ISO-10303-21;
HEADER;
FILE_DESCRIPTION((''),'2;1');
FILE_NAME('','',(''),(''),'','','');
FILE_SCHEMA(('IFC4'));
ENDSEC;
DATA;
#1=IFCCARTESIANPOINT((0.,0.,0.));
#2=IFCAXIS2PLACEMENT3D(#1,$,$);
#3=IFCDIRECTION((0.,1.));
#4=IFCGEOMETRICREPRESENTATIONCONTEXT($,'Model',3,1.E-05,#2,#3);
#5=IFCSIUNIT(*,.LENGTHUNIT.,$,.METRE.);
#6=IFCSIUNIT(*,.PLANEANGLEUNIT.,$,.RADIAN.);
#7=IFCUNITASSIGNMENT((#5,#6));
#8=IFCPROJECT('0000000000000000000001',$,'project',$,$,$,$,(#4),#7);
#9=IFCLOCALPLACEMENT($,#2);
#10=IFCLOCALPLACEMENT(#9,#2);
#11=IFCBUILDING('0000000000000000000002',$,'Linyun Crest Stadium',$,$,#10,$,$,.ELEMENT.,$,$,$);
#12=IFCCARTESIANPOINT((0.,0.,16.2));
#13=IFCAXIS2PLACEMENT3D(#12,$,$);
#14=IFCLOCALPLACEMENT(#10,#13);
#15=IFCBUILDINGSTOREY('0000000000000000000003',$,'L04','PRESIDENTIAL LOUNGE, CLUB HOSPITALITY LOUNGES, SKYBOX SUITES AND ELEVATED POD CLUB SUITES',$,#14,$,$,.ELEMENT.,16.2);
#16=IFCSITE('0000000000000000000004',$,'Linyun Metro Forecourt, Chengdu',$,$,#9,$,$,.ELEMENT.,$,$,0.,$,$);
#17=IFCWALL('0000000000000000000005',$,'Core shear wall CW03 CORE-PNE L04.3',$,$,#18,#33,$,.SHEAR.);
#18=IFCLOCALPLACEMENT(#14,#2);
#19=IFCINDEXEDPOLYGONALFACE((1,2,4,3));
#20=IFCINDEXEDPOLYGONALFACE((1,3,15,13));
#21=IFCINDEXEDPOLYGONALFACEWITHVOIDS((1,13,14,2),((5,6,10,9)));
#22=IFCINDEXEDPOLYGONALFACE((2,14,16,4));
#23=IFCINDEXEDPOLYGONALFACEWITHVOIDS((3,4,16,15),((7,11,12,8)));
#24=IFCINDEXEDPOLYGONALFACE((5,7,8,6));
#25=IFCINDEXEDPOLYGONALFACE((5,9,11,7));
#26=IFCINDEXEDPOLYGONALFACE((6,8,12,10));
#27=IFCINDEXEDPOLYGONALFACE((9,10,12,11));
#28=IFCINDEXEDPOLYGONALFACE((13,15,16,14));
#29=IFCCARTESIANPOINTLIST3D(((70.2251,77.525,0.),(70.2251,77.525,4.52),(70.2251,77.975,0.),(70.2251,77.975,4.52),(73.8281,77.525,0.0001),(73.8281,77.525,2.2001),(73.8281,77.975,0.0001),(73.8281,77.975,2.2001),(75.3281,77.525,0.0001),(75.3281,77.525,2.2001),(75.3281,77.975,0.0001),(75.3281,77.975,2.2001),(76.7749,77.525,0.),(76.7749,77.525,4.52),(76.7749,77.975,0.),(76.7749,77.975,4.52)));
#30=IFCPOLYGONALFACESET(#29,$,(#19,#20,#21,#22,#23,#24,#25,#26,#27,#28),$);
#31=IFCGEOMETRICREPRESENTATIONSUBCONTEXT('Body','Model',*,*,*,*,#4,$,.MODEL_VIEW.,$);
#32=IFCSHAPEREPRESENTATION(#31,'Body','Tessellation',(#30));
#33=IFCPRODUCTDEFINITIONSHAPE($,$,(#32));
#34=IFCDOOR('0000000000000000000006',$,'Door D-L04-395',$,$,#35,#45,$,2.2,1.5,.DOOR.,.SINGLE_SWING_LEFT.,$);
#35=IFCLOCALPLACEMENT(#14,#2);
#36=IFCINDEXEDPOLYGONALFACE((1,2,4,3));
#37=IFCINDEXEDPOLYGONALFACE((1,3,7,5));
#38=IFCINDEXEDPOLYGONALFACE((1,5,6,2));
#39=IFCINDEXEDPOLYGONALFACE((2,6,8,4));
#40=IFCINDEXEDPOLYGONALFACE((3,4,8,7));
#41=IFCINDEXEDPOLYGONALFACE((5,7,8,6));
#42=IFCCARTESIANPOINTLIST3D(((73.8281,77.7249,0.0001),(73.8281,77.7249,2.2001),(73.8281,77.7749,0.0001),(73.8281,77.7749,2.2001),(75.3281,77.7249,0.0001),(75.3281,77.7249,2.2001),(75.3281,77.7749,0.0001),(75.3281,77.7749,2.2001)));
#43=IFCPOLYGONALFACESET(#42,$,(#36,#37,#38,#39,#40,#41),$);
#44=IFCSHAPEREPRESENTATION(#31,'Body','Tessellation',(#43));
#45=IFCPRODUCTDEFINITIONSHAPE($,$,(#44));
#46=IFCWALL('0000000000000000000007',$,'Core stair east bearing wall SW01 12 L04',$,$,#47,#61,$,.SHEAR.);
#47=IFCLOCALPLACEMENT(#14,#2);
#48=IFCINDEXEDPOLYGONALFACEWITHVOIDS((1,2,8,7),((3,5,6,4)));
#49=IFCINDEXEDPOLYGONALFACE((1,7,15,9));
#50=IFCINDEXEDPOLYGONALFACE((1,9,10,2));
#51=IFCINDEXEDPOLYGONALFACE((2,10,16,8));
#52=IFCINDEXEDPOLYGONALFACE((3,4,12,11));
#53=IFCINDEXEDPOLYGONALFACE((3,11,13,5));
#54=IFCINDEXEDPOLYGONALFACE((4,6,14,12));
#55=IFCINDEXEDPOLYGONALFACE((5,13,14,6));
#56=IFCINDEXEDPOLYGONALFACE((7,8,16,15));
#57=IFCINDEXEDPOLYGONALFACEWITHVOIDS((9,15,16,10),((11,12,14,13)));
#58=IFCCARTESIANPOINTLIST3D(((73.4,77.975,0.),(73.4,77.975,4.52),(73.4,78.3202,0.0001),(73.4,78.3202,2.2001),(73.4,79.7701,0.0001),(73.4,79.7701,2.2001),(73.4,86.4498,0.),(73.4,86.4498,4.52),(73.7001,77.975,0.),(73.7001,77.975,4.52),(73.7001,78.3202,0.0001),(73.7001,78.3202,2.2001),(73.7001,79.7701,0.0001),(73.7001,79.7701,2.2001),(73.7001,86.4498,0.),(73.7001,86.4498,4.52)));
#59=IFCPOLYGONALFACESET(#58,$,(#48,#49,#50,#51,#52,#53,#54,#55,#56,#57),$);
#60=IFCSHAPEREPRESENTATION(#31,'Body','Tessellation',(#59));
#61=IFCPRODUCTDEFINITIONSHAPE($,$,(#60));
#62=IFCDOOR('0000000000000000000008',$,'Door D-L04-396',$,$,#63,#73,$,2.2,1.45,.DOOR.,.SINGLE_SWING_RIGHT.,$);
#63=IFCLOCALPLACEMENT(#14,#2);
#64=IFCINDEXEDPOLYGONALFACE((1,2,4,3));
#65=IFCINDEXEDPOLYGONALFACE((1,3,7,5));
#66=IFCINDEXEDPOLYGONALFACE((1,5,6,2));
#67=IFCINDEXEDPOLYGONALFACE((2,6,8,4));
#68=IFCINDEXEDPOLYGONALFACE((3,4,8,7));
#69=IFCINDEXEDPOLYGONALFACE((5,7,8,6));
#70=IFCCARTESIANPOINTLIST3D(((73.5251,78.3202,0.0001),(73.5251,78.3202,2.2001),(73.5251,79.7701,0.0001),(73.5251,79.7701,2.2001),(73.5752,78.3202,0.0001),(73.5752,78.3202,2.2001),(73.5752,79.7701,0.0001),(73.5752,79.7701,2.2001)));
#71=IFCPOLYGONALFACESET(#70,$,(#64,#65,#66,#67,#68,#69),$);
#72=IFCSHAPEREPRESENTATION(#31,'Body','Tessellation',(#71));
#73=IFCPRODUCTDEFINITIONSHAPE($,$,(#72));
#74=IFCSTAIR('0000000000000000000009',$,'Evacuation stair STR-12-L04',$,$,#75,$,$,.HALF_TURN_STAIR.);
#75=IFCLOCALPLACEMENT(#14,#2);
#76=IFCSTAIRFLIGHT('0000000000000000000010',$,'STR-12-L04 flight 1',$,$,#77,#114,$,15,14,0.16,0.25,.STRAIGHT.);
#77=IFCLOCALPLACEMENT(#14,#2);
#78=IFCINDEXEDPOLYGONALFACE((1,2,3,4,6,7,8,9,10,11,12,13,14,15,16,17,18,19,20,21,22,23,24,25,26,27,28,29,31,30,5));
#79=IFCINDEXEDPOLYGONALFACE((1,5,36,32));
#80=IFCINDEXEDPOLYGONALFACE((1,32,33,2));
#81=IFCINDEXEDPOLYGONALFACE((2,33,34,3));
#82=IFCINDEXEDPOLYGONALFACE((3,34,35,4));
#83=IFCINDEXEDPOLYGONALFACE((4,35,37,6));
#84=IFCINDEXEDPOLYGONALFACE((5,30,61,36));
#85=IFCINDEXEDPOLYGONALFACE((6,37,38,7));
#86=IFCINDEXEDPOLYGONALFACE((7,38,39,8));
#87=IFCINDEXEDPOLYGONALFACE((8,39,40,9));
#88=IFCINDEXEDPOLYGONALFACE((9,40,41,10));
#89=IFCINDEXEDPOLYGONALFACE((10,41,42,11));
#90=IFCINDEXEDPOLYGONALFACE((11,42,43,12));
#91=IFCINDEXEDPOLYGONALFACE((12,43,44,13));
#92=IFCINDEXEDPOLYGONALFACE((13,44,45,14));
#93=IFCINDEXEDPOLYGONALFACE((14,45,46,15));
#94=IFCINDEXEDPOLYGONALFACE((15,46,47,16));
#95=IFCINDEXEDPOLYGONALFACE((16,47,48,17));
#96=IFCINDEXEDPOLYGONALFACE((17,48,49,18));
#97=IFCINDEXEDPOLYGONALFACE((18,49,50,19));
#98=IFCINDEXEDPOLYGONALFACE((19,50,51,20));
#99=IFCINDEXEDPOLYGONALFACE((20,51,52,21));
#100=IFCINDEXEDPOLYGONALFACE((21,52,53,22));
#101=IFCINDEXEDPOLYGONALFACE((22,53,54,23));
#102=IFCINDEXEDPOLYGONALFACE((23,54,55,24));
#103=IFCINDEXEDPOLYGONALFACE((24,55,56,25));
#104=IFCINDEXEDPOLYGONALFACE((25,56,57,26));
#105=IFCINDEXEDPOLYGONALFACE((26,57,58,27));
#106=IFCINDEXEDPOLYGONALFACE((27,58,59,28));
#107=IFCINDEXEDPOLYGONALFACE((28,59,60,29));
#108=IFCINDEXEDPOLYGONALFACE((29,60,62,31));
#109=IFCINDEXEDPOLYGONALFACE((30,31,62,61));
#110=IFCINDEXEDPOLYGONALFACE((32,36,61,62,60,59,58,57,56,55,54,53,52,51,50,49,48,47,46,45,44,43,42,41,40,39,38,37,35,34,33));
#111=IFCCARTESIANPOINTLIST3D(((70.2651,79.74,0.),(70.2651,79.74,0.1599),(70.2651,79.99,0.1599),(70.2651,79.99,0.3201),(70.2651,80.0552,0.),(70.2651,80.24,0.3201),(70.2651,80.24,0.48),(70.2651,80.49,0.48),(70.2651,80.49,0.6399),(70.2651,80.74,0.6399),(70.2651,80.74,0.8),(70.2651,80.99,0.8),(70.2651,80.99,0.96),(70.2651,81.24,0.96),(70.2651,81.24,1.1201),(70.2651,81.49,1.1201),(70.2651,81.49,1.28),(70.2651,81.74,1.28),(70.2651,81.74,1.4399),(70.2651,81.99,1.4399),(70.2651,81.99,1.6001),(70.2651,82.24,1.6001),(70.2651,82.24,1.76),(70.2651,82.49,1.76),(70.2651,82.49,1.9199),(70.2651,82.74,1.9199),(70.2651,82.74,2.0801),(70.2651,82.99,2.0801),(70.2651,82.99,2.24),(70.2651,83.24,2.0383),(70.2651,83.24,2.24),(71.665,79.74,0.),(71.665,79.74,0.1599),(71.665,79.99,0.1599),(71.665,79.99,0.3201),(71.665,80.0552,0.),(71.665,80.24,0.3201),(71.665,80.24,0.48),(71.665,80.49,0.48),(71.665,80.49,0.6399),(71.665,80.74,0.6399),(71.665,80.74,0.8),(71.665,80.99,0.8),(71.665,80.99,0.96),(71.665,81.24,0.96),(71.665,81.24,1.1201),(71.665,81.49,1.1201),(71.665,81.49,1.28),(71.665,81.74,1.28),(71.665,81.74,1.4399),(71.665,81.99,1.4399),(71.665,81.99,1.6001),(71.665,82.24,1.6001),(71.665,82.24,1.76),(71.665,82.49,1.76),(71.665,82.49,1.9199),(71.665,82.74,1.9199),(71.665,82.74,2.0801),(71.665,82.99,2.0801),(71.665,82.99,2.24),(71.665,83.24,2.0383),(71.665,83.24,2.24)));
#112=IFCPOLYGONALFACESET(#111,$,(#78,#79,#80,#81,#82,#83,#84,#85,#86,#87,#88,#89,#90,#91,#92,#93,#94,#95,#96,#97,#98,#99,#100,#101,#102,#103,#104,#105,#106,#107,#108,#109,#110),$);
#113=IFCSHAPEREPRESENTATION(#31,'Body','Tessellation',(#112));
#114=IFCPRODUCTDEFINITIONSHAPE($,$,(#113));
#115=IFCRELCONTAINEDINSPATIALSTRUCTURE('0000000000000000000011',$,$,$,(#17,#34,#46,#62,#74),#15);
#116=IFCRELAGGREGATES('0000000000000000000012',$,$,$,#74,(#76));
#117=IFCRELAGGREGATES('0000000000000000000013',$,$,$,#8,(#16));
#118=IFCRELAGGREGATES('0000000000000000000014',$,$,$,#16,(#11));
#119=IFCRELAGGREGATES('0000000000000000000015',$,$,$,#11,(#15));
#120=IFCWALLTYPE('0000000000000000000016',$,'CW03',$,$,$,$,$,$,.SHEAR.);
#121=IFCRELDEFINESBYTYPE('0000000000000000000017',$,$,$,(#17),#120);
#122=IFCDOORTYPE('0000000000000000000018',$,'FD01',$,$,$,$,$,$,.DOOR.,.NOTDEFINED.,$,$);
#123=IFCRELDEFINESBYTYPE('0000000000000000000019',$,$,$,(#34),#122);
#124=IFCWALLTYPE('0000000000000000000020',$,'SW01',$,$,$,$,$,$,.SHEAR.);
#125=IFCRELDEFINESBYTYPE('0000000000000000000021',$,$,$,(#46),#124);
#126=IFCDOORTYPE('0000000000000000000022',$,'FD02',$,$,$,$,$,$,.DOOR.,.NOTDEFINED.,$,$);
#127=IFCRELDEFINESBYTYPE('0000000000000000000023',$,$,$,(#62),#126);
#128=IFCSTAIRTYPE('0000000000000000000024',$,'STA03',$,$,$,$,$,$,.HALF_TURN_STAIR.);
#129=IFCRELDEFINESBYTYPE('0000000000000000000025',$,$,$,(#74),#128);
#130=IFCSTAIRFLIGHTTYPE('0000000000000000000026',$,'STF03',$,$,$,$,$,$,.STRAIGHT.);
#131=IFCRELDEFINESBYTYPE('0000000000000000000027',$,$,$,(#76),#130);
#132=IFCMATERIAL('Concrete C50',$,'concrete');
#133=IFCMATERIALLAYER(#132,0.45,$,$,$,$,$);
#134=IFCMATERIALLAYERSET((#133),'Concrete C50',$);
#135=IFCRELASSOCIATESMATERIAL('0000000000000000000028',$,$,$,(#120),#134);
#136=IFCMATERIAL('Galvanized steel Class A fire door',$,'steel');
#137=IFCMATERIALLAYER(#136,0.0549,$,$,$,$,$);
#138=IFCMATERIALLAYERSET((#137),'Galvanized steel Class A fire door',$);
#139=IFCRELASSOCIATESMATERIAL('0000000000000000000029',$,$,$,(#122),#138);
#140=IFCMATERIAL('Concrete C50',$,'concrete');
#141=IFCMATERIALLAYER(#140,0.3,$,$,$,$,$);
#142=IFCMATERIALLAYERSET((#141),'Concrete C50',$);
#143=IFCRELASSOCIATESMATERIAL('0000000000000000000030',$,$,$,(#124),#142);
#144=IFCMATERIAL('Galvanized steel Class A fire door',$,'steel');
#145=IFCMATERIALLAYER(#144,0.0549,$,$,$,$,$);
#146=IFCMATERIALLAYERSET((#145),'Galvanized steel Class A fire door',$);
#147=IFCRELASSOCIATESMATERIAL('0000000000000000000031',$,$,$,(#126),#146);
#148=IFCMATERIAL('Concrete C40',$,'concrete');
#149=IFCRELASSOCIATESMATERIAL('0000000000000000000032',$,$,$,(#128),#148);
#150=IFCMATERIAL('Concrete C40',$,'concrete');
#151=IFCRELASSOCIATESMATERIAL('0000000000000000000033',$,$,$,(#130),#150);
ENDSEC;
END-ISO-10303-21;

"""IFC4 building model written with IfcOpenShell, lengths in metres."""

from ifc_helpers import new_model, si_unit, direction, frame, frame_2d, origin, place, context, subcontext, project, spatial, polyline, rectangle, outline, extrude, material, layer, layer_set, type_object, element, fill, aggregate, save


model = new_model("IFC4")

# Units and contexts
model_context = context("Model", 3, precision=1e-05, world=origin(), true_north=direction((0.0, 1.0)))
body_context = subcontext(model_context, "Body", "Model", "MODEL_VIEW")
ifc_project = project(units=[si_unit("LENGTHUNIT", "METRE"), si_unit("PLANEANGLEUNIT", "RADIAN")], contexts=[model_context])

# Site, building, storey
site_placement = place(None, origin())
site = spatial("IfcSite", under=ifc_project, at=site_placement, Name="Linyun Metro Forecourt, Chengdu", CompositionType="ELEMENT", RefElevation=0.0)
building_placement = place(site_placement, origin())
building = spatial("IfcBuilding", under=site, at=building_placement, Name="Linyun Crest Stadium", CompositionType="ELEMENT")
storey_placement = place(building_placement, frame((0.0, 0.0, 16.2)))
storey = spatial("IfcBuildingStorey", under=building, at=storey_placement, Name="L04", Description="PRESIDENTIAL LOUNGE, CLUB HOSPITALITY LOUNGES, SKYBOX SUITES AND ELEVATED POD CLUB SUITES", CompositionType="ELEMENT", Elevation=16.2)

# Shared definitions
ifc_material_1 = material(Name="Concrete C50", Category="concrete")
ifc_layer_1 = layer(ifc_material_1, 0.45)
ifc_layer_set_1 = layer_set([ifc_layer_1], Name="Concrete C50")
wall_type_1 = type_object("IfcWallType", Name="CW03", PredefinedType="SHEAR", material=ifc_layer_set_1)

# Walls, openings, doors
wall_1_placement = place(storey_placement, frame((70.2251, 77.75, 0.0), z_axis=(0.0, 0.0, 1.0), x_axis=(1.0, 0.0, 0.0)))
wall_1 = element("IfcWall", 1, at=wall_1_placement, inside=storey, type_object=wall_type_1, Name="Core shear wall CW03 CORE-PNE L04.3", PredefinedType="SHEAR", context=body_context, shape_type="SweptSolid", body=[
    extrude(rectangle(XDim=6.5498, YDim=0.45, at=frame_2d((3.2749, 0.0))), origin(), (0.0, 0.0, 1.0), 4.52),
])
opening_1_placement = place(wall_1_placement, frame((3.603, 0.0, 0.0)))
opening_1 = element("IfcOpeningElement", 2, at=opening_1_placement, cuts=wall_1, PredefinedType="OPENING", context=body_context, shape_type="SweptSolid", body=[
    extrude(rectangle(XDim=1.5, YDim=2.2, at=frame_2d((0.75, 1.1001))), frame((0.0, 0.2349, 0.0), z_axis=(0.0, -1.0, 0.0), x_axis=(1.0, 0.0, 0.0)), (0.0, 0.0, 1.0), 0.47),
])
ifc_material_2 = material(Name="Galvanized steel Class A fire door", Category="steel")
ifc_layer_2 = layer(ifc_material_2, 0.0549)
ifc_layer_set_2 = layer_set([ifc_layer_2], Name="Galvanized steel Class A fire door")
door_type_1 = type_object("IfcDoorType", Name="FD01", OperationType="NOTDEFINED", PredefinedType="DOOR", material=ifc_layer_set_2)
door_1_placement = place(opening_1_placement, origin())
door_1 = element("IfcDoor", 3, at=door_1_placement, inside=storey, type_object=door_type_1, Name="Door D-L04-395", OperationType="SINGLE_SWING_LEFT", OverallHeight=2.2, OverallWidth=1.5, PredefinedType="DOOR", context=body_context, shape_type="SweptSolid", body=[
    extrude(rectangle(XDim=1.5, YDim=2.2, at=frame_2d((0.75, 1.1001))), frame((0.0, 0.0249, 0.0), z_axis=(0.0, -1.0, 0.0), x_axis=(1.0, 0.0, 0.0)), (0.0, 0.0, 1.0), 0.05),
])
fill(opening_1, door_1)
ifc_material_3 = material(Name="Concrete C50", Category="concrete")
ifc_layer_3 = layer(ifc_material_3, 0.3)
ifc_layer_set_3 = layer_set([ifc_layer_3], Name="Concrete C50")
wall_type_2 = type_object("IfcWallType", Name="SW01", PredefinedType="SHEAR", material=ifc_layer_set_3)
wall_2_placement = place(storey_placement, frame((73.55, 77.9751, 0.0), z_axis=(0.0, 0.0, 1.0), x_axis=(0.0, 1.0, 0.0)))
wall_2 = element("IfcWall", 4, at=wall_2_placement, inside=storey, type_object=wall_type_2, Name="Core stair east bearing wall SW01 12 L04", PredefinedType="SHEAR", context=body_context, shape_type="SweptSolid", body=[
    extrude(rectangle(XDim=8.4749, YDim=0.3, at=frame_2d((4.2373, 0.0))), origin(), (0.0, 0.0, 1.0), 4.52),
])
opening_2_placement = place(wall_2_placement, frame((0.345, 0.0, 0.0)))
opening_2 = element("IfcOpeningElement", 5, at=opening_2_placement, cuts=wall_2, PredefinedType="OPENING", context=body_context, shape_type="SweptSolid", body=[
    extrude(rectangle(XDim=1.45, YDim=2.2, at=frame_2d((0.7251, 1.1001))), frame((0.0, 0.1599, 0.0), z_axis=(0.0, -1.0, 0.0), x_axis=(1.0, 0.0, 0.0)), (0.0, 0.0, 1.0), 0.3201),
])
ifc_material_4 = material(Name="Galvanized steel Class A fire door", Category="steel")
ifc_layer_4 = layer(ifc_material_4, 0.0549)
ifc_layer_set_4 = layer_set([ifc_layer_4], Name="Galvanized steel Class A fire door")
door_type_2 = type_object("IfcDoorType", Name="FD02", OperationType="NOTDEFINED", PredefinedType="DOOR", material=ifc_layer_set_4)
door_2_placement = place(opening_2_placement, origin())
door_2 = element("IfcDoor", 6, at=door_2_placement, inside=storey, type_object=door_type_2, Name="Door D-L04-396", OperationType="SINGLE_SWING_RIGHT", OverallHeight=2.2, OverallWidth=1.45, PredefinedType="DOOR", context=body_context, shape_type="SweptSolid", body=[
    extrude(rectangle(XDim=1.45, YDim=2.2, at=frame_2d((0.7251, 1.1001))), frame((0.0, 0.0249, 0.0), z_axis=(0.0, -1.0, 0.0), x_axis=(1.0, 0.0, 0.0)), (0.0, 0.0, 1.0), 0.05),
])
fill(opening_2, door_2)

# Stair, stair flight
ifc_material_5 = material(Name="Concrete C40", Category="concrete")
stair_type = type_object("IfcStairType", Name="STA03", PredefinedType="HALF_TURN_STAIR", material=ifc_material_5)
stair_placement = place(storey_placement, origin())
stair = element("IfcStair", 7, at=stair_placement, inside=storey, type_object=stair_type, Name="Evacuation stair STR-12-L04", PredefinedType="HALF_TURN_STAIR")
ifc_material_6 = material(Name="Concrete C40", Category="concrete")
stair_flight_type = type_object("IfcStairFlightType", Name="STF03", PredefinedType="STRAIGHT", material=ifc_material_6)
stair_flight_placement = place(storey_placement, frame((70.9651, 79.74, 0.0), z_axis=(0.0, 0.0, 1.0), x_axis=(0.0, 1.0, 0.0)))
stair_flight = element("IfcStairFlight", 8, at=stair_flight_placement, type_object=stair_flight_type, Name="STR-12-L04 flight 1", NumberOfRisers=15, NumberOfTreads=14, PredefinedType="STRAIGHT", RiserHeight=0.16, TreadLength=0.25, context=body_context, shape_type="SweptSolid", body=[
    extrude(outline(polyline([(0.0, 0.0), (0.0, 0.1599), (0.25, 0.1599), (0.25, 0.3201), (0.5, 0.3201), (0.5, 0.48), (0.75, 0.48), (0.75, 0.6399), (1.0, 0.6399), (1.0, 0.8), (1.25, 0.8), (1.25, 0.96), (1.5, 0.96), (1.5, 1.1201), (1.75, 1.1201), (1.75, 1.28), (2.0, 1.28), (2.0, 1.4399), (2.25, 1.4399), (2.25, 1.6001), (2.5, 1.6001), (2.5, 1.76), (2.75, 1.76), (2.75, 1.9199), (3.0, 1.9199), (3.0, 2.0801), (3.25, 2.0801), (3.25, 2.24), (3.5, 2.24), (3.5, 2.3999), (3.5, 2.0383), (0.3152, 0.0), (0.0, 0.0)])), frame((0.0, 0.7, 0.0), z_axis=(0.0, -1.0, 0.0), x_axis=(1.0, 0.0, 0.0)), (0.0, 0.0, 1.0), 1.3999),
])
aggregate(stair, [stair_flight])

save(model, "model.ifc")
